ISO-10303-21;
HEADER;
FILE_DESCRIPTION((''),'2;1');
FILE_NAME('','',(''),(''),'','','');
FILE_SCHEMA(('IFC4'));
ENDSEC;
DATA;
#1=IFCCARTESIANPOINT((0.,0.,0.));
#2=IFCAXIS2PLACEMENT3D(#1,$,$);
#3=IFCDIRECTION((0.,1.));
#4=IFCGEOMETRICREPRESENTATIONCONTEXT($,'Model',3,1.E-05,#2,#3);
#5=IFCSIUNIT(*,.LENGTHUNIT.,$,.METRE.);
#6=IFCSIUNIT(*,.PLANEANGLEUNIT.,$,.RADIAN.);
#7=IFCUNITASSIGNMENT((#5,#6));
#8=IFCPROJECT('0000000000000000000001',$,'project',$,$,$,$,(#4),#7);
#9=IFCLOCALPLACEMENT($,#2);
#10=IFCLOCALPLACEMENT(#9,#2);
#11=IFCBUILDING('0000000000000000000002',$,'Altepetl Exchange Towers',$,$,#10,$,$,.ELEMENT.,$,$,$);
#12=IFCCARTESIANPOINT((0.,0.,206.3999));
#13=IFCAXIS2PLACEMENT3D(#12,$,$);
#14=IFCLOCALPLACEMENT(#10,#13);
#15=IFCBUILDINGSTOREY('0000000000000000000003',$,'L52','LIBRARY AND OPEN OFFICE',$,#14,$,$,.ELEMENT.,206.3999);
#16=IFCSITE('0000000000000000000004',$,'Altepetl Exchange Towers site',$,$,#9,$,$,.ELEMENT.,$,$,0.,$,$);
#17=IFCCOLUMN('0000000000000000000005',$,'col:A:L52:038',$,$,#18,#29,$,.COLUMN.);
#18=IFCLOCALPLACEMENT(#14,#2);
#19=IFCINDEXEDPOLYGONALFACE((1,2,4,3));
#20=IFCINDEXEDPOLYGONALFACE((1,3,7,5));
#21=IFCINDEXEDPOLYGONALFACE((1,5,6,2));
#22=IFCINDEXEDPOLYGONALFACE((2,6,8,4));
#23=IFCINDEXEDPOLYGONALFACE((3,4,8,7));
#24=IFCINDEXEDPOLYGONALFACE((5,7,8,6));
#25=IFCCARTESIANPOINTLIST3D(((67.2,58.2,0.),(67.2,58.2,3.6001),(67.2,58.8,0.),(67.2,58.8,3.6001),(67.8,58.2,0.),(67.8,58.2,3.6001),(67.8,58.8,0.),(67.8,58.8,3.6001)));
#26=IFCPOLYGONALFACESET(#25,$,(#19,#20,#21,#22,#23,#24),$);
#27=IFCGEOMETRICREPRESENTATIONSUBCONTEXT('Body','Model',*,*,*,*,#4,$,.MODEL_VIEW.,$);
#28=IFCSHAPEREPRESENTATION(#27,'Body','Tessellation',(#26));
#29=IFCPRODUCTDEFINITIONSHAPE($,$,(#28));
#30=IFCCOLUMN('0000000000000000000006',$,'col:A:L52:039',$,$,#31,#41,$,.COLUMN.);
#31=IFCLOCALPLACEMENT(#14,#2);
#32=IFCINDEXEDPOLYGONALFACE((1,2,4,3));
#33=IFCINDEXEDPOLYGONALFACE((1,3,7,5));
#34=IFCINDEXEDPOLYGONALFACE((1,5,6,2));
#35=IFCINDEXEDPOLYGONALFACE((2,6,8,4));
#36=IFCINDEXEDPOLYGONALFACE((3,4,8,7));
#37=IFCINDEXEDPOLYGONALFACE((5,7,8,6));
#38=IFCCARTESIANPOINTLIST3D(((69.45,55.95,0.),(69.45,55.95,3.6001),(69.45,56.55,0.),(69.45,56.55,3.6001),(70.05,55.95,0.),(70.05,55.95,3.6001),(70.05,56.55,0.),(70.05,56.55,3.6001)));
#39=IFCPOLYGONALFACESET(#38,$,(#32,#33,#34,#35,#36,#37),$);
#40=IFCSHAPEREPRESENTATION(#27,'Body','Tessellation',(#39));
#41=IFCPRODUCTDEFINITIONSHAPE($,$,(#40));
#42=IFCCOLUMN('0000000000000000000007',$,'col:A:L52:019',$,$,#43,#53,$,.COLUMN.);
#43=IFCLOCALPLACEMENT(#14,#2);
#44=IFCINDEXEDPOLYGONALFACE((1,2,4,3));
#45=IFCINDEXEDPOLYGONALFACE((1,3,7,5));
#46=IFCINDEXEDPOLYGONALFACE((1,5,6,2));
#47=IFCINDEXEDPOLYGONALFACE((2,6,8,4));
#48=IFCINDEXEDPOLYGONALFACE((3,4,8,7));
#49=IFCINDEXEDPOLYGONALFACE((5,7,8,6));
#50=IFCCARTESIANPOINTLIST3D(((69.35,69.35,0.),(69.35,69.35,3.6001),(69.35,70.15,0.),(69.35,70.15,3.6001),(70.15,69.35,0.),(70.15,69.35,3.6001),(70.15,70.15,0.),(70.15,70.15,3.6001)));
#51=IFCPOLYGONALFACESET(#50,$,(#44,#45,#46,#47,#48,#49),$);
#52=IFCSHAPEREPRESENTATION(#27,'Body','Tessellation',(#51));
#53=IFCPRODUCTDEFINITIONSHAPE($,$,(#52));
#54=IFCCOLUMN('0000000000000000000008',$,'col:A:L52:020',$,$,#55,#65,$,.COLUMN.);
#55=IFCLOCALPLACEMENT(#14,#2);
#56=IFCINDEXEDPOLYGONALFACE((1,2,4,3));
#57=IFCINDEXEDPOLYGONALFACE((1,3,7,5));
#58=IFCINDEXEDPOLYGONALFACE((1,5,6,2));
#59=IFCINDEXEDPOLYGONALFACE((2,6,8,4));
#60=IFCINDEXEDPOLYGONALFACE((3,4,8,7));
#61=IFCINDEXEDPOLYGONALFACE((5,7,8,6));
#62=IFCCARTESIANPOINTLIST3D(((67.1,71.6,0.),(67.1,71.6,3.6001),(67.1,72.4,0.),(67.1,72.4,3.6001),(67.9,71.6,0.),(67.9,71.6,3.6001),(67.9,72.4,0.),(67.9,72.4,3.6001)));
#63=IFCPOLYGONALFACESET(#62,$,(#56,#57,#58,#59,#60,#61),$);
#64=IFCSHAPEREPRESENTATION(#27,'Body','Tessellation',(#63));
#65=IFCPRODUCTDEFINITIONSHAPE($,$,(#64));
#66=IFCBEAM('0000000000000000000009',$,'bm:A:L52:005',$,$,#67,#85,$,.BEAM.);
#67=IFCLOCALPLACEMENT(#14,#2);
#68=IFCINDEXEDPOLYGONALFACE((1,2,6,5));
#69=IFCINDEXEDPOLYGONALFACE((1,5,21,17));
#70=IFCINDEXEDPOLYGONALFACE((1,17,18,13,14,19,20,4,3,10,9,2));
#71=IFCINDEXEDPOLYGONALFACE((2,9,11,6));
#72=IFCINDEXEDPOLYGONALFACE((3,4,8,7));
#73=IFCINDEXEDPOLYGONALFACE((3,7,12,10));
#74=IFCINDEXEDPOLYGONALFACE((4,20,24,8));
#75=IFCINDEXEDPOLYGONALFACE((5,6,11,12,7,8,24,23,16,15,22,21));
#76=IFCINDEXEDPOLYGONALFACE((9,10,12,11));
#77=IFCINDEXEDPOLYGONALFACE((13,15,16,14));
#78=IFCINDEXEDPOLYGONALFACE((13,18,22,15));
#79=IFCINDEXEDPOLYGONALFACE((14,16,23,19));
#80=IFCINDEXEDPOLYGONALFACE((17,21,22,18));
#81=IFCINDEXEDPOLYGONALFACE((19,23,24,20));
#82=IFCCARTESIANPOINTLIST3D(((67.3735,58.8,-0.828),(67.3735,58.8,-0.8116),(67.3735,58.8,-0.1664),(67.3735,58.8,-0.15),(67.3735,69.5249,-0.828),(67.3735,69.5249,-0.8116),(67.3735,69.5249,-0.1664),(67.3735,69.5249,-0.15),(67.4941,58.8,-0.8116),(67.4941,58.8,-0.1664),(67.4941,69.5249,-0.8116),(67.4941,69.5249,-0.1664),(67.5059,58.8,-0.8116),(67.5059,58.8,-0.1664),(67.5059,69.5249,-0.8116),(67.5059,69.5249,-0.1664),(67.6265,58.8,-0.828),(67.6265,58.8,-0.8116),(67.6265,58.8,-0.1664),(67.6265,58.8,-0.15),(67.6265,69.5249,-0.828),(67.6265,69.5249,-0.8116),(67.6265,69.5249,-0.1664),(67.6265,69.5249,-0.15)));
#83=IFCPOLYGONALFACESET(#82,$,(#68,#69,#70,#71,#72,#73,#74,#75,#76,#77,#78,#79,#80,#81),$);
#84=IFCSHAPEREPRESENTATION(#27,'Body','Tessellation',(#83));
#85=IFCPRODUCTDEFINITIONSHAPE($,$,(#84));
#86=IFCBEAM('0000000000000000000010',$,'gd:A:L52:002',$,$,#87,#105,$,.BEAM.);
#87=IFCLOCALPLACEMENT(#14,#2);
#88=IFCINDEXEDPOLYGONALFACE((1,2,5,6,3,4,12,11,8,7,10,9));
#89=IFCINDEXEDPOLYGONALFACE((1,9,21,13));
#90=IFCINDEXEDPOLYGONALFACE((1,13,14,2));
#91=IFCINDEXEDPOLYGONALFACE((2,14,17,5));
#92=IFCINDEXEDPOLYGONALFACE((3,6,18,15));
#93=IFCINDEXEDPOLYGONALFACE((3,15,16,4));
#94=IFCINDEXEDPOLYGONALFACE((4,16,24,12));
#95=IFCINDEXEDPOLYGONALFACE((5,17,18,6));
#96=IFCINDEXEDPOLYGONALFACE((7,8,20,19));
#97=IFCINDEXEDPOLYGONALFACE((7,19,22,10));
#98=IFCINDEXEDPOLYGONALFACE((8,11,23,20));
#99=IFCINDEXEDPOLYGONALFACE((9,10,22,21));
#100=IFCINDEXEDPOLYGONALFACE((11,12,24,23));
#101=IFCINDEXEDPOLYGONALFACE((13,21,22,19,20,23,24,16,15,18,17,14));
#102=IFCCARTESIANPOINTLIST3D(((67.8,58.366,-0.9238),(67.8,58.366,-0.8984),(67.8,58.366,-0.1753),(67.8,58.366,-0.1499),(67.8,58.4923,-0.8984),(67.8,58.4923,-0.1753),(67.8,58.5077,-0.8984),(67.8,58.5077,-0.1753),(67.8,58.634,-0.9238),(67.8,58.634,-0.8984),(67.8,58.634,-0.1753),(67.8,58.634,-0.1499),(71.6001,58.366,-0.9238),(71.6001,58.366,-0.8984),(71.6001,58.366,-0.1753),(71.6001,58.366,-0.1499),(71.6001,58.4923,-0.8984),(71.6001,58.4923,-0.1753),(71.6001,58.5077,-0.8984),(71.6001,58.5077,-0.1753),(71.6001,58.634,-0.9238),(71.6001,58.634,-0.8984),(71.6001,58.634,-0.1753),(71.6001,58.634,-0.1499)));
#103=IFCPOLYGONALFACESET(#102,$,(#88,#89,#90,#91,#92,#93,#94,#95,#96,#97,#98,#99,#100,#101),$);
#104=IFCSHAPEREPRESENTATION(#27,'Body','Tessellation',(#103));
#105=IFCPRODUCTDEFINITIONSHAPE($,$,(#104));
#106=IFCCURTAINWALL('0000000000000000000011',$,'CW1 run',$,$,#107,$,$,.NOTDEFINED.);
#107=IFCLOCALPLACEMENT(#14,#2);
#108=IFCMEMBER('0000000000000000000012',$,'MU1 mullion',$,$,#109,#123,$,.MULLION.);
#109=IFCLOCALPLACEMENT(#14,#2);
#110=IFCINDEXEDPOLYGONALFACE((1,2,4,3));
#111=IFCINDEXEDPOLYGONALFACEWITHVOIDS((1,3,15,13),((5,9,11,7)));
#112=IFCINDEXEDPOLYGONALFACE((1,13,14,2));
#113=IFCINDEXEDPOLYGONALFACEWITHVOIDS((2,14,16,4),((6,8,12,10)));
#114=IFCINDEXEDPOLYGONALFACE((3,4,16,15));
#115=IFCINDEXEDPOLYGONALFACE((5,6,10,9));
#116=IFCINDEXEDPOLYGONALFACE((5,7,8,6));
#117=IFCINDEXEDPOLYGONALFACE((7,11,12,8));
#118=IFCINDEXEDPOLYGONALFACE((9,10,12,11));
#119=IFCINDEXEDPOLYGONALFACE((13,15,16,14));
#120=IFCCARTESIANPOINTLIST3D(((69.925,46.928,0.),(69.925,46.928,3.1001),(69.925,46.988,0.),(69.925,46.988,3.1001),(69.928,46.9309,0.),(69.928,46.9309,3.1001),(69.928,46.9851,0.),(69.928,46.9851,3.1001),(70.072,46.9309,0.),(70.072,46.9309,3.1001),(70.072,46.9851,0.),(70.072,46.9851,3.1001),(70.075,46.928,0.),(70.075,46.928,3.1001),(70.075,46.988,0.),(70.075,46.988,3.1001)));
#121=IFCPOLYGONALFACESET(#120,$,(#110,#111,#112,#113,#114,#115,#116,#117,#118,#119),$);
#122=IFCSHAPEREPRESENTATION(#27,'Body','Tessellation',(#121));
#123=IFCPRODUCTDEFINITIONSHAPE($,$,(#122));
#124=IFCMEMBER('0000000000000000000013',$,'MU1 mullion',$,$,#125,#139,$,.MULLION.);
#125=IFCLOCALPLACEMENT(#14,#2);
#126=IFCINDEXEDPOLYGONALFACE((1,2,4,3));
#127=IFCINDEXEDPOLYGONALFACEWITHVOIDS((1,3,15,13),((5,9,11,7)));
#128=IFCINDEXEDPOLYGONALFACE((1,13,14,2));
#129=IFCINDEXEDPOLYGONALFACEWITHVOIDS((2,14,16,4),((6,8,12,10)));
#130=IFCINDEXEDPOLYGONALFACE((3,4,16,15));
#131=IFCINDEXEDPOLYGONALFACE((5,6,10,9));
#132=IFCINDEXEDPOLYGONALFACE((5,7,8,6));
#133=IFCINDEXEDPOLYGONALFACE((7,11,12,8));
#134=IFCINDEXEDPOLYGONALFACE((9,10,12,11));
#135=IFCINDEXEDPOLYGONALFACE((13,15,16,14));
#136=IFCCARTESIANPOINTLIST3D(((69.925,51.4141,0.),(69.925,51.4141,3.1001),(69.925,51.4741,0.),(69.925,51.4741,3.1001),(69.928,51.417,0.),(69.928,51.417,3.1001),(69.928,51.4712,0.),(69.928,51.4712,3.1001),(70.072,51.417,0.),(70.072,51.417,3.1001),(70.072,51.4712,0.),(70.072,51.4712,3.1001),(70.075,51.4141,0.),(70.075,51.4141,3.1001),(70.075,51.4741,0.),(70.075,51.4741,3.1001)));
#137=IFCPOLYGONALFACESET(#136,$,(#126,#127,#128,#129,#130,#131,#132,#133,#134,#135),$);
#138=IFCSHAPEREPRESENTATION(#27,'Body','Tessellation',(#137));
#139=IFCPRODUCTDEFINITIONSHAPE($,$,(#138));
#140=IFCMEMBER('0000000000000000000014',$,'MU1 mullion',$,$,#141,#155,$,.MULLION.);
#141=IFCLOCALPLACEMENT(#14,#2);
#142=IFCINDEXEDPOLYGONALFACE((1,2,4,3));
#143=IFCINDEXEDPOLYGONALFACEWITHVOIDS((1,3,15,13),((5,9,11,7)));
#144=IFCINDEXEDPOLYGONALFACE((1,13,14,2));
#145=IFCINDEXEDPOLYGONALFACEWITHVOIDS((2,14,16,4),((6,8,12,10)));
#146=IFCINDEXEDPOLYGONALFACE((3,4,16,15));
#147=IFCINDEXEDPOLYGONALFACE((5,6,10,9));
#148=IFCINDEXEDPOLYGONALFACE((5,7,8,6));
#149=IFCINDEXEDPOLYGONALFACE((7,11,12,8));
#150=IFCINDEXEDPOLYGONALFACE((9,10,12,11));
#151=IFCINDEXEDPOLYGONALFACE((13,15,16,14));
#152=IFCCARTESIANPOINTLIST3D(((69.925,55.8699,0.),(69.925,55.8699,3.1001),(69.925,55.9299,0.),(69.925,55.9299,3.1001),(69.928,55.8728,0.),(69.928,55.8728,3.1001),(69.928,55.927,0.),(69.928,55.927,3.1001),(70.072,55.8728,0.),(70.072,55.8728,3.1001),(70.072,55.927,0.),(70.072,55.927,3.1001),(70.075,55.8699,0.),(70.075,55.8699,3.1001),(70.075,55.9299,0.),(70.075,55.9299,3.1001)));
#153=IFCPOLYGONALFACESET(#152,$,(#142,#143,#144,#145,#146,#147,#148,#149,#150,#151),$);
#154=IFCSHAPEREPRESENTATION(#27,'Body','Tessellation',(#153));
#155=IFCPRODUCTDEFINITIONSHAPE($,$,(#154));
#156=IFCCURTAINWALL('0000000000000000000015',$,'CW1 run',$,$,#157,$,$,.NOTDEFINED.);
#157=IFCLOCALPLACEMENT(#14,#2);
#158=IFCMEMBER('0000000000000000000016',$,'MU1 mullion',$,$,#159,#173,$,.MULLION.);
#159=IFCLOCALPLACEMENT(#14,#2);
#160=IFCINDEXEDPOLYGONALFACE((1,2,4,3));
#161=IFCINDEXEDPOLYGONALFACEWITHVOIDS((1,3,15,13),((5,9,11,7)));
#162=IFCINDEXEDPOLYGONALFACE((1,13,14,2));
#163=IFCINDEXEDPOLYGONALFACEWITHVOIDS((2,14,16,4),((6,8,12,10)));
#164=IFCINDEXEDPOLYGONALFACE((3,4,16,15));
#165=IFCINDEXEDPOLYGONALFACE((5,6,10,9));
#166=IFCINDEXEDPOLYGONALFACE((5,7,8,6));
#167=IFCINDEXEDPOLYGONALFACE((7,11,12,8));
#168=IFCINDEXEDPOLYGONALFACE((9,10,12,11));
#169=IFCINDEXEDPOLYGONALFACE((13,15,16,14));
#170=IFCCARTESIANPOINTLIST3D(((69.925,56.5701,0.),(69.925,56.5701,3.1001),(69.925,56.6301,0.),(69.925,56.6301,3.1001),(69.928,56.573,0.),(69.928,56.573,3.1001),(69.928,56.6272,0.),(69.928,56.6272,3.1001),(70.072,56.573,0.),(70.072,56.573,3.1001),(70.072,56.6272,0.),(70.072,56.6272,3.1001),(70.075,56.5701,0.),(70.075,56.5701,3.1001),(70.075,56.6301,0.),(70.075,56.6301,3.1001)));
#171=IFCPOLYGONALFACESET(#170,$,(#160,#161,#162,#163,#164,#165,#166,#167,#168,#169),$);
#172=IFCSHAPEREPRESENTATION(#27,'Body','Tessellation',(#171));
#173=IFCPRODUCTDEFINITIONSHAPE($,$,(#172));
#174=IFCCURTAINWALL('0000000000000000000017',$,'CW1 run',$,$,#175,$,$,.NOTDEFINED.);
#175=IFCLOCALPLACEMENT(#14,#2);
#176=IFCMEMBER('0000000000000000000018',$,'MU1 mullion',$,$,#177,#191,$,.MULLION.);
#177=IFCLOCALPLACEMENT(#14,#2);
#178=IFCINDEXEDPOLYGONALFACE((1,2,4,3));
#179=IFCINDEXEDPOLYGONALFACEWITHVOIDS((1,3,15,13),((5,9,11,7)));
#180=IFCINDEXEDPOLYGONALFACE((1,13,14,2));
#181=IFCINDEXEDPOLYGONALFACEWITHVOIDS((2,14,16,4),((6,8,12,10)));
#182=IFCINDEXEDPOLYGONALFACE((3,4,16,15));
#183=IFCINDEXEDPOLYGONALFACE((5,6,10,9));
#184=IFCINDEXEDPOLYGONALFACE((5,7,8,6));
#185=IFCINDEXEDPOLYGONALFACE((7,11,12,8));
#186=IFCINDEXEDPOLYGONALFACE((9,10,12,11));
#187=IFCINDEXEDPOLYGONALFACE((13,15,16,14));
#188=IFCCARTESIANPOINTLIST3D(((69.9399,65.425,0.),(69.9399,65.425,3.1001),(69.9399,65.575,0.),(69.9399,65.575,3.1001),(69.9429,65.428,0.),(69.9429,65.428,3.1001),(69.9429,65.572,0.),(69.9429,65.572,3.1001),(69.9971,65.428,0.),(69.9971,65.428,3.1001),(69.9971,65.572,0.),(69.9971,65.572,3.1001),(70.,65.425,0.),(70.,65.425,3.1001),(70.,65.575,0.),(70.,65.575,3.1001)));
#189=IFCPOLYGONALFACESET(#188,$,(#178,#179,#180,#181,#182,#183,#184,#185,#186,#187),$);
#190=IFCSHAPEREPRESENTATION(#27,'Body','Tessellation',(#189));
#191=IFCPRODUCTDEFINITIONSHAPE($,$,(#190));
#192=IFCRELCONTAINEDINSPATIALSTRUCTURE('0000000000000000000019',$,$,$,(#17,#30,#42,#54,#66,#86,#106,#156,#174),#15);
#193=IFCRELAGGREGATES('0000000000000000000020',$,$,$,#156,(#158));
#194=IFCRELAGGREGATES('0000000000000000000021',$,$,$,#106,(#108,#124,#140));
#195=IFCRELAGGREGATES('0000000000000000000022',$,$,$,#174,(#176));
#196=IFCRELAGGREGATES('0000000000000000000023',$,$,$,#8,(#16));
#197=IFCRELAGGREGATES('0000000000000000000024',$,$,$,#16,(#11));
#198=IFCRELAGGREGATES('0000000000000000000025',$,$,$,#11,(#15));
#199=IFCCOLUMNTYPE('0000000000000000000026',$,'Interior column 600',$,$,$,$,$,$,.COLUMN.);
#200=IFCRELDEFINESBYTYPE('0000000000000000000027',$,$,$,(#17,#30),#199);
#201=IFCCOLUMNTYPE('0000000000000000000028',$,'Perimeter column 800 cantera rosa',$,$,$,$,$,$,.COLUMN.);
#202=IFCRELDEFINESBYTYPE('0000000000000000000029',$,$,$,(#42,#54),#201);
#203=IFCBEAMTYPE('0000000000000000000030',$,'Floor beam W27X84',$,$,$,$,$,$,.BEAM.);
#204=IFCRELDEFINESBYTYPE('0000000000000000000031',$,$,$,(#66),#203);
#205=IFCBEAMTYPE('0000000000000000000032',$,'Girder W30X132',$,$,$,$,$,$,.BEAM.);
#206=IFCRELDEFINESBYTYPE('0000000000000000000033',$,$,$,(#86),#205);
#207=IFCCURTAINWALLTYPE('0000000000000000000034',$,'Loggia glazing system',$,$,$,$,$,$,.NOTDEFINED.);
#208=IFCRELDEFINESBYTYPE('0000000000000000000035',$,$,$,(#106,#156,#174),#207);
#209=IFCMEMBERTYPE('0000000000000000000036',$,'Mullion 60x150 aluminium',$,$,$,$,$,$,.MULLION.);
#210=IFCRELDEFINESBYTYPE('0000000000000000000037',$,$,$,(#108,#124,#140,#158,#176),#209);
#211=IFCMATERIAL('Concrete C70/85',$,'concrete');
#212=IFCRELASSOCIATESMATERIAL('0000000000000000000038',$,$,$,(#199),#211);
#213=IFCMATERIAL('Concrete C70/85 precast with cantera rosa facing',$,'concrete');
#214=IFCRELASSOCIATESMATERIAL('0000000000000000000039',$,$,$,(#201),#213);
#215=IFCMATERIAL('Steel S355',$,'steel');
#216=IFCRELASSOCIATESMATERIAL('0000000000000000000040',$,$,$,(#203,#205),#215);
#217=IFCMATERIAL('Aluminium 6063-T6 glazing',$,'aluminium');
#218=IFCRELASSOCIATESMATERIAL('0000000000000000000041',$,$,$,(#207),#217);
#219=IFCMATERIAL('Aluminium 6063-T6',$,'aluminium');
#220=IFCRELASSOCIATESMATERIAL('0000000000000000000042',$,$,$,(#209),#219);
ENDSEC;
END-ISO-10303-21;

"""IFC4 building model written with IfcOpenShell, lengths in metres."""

from ifc_helpers import new_model, si_unit, direction, frame, origin, origin_2d, place, context, subcontext, project, spatial, rectangle, hollow_rectangle, i_section, extrude, material, material_profile, profile_set, type_object, element, aggregate, save


model = new_model("IFC4")

# Units and contexts
model_context = context("Model", 3, precision=1e-05, world=origin(), true_north=direction((0.0, 1.0)))
body_context = subcontext(model_context, "Body", "Model", "MODEL_VIEW")
ifc_project = project(units=[si_unit("LENGTHUNIT", "METRE"), si_unit("PLANEANGLEUNIT", "RADIAN")], contexts=[model_context])

# Site, building, storey
site_placement = place(None, origin())
site = spatial("IfcSite", under=ifc_project, at=site_placement, Name="Altepetl Exchange Towers site", CompositionType="ELEMENT", RefElevation=0.0)
building_placement = place(site_placement, origin())
building = spatial("IfcBuilding", under=site, at=building_placement, Name="Altepetl Exchange Towers", CompositionType="ELEMENT")
storey_placement = place(building_placement, frame((0.0, 0.0, 206.3999)))
storey = spatial("IfcBuildingStorey", under=building, at=storey_placement, Name="L52", Description="LIBRARY AND OPEN OFFICE", CompositionType="ELEMENT", Elevation=206.3999)

# Columns
ifc_material_1 = material(Name="Concrete C70/85", Category="concrete")
ifc_material_profile_1 = material_profile(ifc_material_1, rectangle(XDim=0.6001, YDim=0.6001, at=origin_2d()), Name="600 x 600")
ifc_profile_set_1 = profile_set([ifc_material_profile_1], Name="Concrete C70/85")
column_type_1 = type_object("IfcColumnType", Name="Interior column 600", PredefinedType="COLUMN", material=ifc_profile_set_1)
for number, where, name in (
    (1, (67.5, 58.5, 0.0), "col:A:L52:038"),
    (2, (69.75, 56.25, 0.0), "col:A:L52:039"),
):
    element("IfcColumn", number, at=place(storey_placement, frame(where)), inside=storey, type_object=column_type_1, Name=name, PredefinedType="COLUMN", context=body_context, shape_type="SweptSolid", body=[
        extrude(rectangle(XDim=0.6001, YDim=0.6001, at=origin_2d()), origin(), (0.0, 0.0, 1.0), 3.6001),
    ])
ifc_material_2 = material(Name="Concrete C70/85 precast with cantera rosa facing", Category="concrete")
ifc_material_profile_2 = material_profile(ifc_material_2, rectangle(XDim=0.8, YDim=0.8, at=origin_2d()), Name="800 x 800")
ifc_profile_set_2 = profile_set([ifc_material_profile_2], Name="Concrete C70/85 precast with cantera rosa facing")
column_type_2 = type_object("IfcColumnType", Name="Perimeter column 800 cantera rosa", PredefinedType="COLUMN", material=ifc_profile_set_2)
for number, where, name in (
    (3, (69.75, 69.75, 0.0), "col:A:L52:019"),
    (4, (67.5, 72.0, 0.0), "col:A:L52:020"),
):
    element("IfcColumn", number, at=place(storey_placement, frame(where)), inside=storey, type_object=column_type_2, Name=name, PredefinedType="COLUMN", context=body_context, shape_type="SweptSolid", body=[
        extrude(rectangle(XDim=0.8, YDim=0.8, at=origin_2d()), origin(), (0.0, 0.0, 1.0), 3.6001),
    ])

# Beams
ifc_material_3 = material(Name="Steel S355", Category="steel")
ifc_material_profile_3 = material_profile(ifc_material_3, i_section(OverallWidth=0.2529, OverallDepth=0.678, WebThickness=0.0117, FlangeThickness=0.0164, at=origin_2d()), Name="W27X84")
ifc_profile_set_3 = profile_set([ifc_material_profile_3], Name="Steel S355")
beam_type_1 = type_object("IfcBeamType", Name="Floor beam W27X84", PredefinedType="BEAM", material=ifc_profile_set_3)
beam_1_placement = place(storey_placement, frame((67.5, 58.8, -0.489), z_axis=(0.0, 1.0, 0.0), x_axis=(-1.0, 0.0, 0.0)))
element("IfcBeam", 5, at=beam_1_placement, inside=storey, type_object=beam_type_1, Name="bm:A:L52:005", PredefinedType="BEAM", context=body_context, shape_type="SweptSolid", body=[
    extrude(i_section(OverallWidth=0.2529, OverallDepth=0.678, WebThickness=0.0117, FlangeThickness=0.0164, at=origin_2d()), origin(), (0.0, 0.0, 1.0), 10.7249),
])
ifc_material_profile_4 = material_profile(ifc_material_3, i_section(OverallWidth=0.2681, OverallDepth=0.7739, WebThickness=0.0154, FlangeThickness=0.0254, at=origin_2d()), Name="W30X132")
ifc_profile_set_4 = profile_set([ifc_material_profile_4], Name="Steel S355")
beam_type_2 = type_object("IfcBeamType", Name="Girder W30X132", PredefinedType="BEAM", material=ifc_profile_set_4)
beam_2_placement = place(storey_placement, frame((67.8, 58.5, -0.5369), z_axis=(1.0, 0.0, 0.0), x_axis=(0.0, 1.0, 0.0)))
element("IfcBeam", 6, at=beam_2_placement, inside=storey, type_object=beam_type_2, Name="gd:A:L52:002", PredefinedType="BEAM", context=body_context, shape_type="SweptSolid", body=[
    extrude(i_section(OverallWidth=0.2681, OverallDepth=0.7739, WebThickness=0.0154, FlangeThickness=0.0254, at=origin_2d()), origin(), (0.0, 0.0, 1.0), 3.8),
])

# Curtain wall, members
ifc_material_4 = material(Name="Aluminium 6063-T6 glazing", Category="aluminium")
curtain_wall_type = type_object("IfcCurtainWallType", Name="Loggia glazing system", PredefinedType="NOTDEFINED", material=ifc_material_4)
curtain_wall_1_placement = place(storey_placement, origin())
curtain_wall_1 = element("IfcCurtainWall", 7, at=curtain_wall_1_placement, inside=storey, type_object=curtain_wall_type, Name="CW1 run", PredefinedType="NOTDEFINED")
ifc_material_5 = material(Name="Aluminium 6063-T6", Category="aluminium")
ifc_material_profile_5 = material_profile(ifc_material_5, hollow_rectangle(XDim=0.0601, YDim=0.1499, WallThickness=0.0029, at=origin_2d()), Name="Mullion 60x150 aluminium")
ifc_profile_set_5 = profile_set([ifc_material_profile_5], Name="Aluminium 6063-T6")
member_type = type_object("IfcMemberType", Name="Mullion 60x150 aluminium", PredefinedType="MULLION", material=ifc_profile_set_5)
member_1_placement = place(storey_placement, frame((70.0, 46.958, 0.0), z_axis=(0.0, 0.0, 1.0), x_axis=(0.0, 1.0, 0.0)))
member_1 = element("IfcMember", 8, at=member_1_placement, type_object=member_type, Name="MU1 mullion", PredefinedType="MULLION", context=body_context, shape_type="SweptSolid", body=[
    extrude(hollow_rectangle(XDim=0.0601, YDim=0.1499, WallThickness=0.0029, at=origin_2d()), origin(), (0.0, 0.0, 1.0), 3.1001),
])
member_2_placement = place(storey_placement, frame((70.0, 51.4441, 0.0), z_axis=(0.0, 0.0, 1.0), x_axis=(0.0, 1.0, 0.0)))
member_2 = element("IfcMember", 9, at=member_2_placement, type_object=member_type, Name="MU1 mullion", PredefinedType="MULLION", context=body_context, shape_type="SweptSolid", body=[
    extrude(hollow_rectangle(XDim=0.0601, YDim=0.1499, WallThickness=0.0029, at=origin_2d()), origin(), (0.0, 0.0, 1.0), 3.1001),
])
member_3_placement = place(storey_placement, frame((70.0, 55.8999, 0.0), z_axis=(0.0, 0.0, 1.0), x_axis=(0.0, 1.0, 0.0)))
member_3 = element("IfcMember", 10, at=member_3_placement, type_object=member_type, Name="MU1 mullion", PredefinedType="MULLION", context=body_context, shape_type="SweptSolid", body=[
    extrude(hollow_rectangle(XDim=0.0601, YDim=0.1499, WallThickness=0.0029, at=origin_2d()), origin(), (0.0, 0.0, 1.0), 3.1001),
])

# Curtain wall, member
curtain_wall_2_placement = place(storey_placement, origin())
curtain_wall_2 = element("IfcCurtainWall", 11, at=curtain_wall_2_placement, inside=storey, type_object=curtain_wall_type, Name="CW1 run", PredefinedType="NOTDEFINED")
member_4_placement = place(storey_placement, frame((70.0, 56.6001, 0.0), z_axis=(0.0, 0.0, 1.0), x_axis=(0.0, 1.0, 0.0)))
member_4 = element("IfcMember", 12, at=member_4_placement, type_object=member_type, Name="MU1 mullion", PredefinedType="MULLION", context=body_context, shape_type="SweptSolid", body=[
    extrude(hollow_rectangle(XDim=0.0601, YDim=0.1499, WallThickness=0.0029, at=origin_2d()), origin(), (0.0, 0.0, 1.0), 3.1001),
])
aggregate(curtain_wall_2, [member_4])

# Curtain wall, member
curtain_wall_3_placement = place(storey_placement, origin())
curtain_wall_3 = element("IfcCurtainWall", 13, at=curtain_wall_3_placement, inside=storey, type_object=curtain_wall_type, Name="CW1 run", PredefinedType="NOTDEFINED")
member_5_placement = place(storey_placement, frame((69.97, 65.5, 0.0), z_axis=(0.0, 0.0, 1.0), x_axis=(-1.0, 0.0, 0.0)))
member_5 = element("IfcMember", 14, at=member_5_placement, type_object=member_type, Name="MU1 mullion", PredefinedType="MULLION", context=body_context, shape_type="SweptSolid", body=[
    extrude(hollow_rectangle(XDim=0.0601, YDim=0.1499, WallThickness=0.0029, at=origin_2d()), origin(), (0.0, 0.0, 1.0), 3.1001),
])

aggregate(curtain_wall_1, [member_1, member_2, member_3])
aggregate(curtain_wall_3, [member_5])

save(model, "model.ifc")
